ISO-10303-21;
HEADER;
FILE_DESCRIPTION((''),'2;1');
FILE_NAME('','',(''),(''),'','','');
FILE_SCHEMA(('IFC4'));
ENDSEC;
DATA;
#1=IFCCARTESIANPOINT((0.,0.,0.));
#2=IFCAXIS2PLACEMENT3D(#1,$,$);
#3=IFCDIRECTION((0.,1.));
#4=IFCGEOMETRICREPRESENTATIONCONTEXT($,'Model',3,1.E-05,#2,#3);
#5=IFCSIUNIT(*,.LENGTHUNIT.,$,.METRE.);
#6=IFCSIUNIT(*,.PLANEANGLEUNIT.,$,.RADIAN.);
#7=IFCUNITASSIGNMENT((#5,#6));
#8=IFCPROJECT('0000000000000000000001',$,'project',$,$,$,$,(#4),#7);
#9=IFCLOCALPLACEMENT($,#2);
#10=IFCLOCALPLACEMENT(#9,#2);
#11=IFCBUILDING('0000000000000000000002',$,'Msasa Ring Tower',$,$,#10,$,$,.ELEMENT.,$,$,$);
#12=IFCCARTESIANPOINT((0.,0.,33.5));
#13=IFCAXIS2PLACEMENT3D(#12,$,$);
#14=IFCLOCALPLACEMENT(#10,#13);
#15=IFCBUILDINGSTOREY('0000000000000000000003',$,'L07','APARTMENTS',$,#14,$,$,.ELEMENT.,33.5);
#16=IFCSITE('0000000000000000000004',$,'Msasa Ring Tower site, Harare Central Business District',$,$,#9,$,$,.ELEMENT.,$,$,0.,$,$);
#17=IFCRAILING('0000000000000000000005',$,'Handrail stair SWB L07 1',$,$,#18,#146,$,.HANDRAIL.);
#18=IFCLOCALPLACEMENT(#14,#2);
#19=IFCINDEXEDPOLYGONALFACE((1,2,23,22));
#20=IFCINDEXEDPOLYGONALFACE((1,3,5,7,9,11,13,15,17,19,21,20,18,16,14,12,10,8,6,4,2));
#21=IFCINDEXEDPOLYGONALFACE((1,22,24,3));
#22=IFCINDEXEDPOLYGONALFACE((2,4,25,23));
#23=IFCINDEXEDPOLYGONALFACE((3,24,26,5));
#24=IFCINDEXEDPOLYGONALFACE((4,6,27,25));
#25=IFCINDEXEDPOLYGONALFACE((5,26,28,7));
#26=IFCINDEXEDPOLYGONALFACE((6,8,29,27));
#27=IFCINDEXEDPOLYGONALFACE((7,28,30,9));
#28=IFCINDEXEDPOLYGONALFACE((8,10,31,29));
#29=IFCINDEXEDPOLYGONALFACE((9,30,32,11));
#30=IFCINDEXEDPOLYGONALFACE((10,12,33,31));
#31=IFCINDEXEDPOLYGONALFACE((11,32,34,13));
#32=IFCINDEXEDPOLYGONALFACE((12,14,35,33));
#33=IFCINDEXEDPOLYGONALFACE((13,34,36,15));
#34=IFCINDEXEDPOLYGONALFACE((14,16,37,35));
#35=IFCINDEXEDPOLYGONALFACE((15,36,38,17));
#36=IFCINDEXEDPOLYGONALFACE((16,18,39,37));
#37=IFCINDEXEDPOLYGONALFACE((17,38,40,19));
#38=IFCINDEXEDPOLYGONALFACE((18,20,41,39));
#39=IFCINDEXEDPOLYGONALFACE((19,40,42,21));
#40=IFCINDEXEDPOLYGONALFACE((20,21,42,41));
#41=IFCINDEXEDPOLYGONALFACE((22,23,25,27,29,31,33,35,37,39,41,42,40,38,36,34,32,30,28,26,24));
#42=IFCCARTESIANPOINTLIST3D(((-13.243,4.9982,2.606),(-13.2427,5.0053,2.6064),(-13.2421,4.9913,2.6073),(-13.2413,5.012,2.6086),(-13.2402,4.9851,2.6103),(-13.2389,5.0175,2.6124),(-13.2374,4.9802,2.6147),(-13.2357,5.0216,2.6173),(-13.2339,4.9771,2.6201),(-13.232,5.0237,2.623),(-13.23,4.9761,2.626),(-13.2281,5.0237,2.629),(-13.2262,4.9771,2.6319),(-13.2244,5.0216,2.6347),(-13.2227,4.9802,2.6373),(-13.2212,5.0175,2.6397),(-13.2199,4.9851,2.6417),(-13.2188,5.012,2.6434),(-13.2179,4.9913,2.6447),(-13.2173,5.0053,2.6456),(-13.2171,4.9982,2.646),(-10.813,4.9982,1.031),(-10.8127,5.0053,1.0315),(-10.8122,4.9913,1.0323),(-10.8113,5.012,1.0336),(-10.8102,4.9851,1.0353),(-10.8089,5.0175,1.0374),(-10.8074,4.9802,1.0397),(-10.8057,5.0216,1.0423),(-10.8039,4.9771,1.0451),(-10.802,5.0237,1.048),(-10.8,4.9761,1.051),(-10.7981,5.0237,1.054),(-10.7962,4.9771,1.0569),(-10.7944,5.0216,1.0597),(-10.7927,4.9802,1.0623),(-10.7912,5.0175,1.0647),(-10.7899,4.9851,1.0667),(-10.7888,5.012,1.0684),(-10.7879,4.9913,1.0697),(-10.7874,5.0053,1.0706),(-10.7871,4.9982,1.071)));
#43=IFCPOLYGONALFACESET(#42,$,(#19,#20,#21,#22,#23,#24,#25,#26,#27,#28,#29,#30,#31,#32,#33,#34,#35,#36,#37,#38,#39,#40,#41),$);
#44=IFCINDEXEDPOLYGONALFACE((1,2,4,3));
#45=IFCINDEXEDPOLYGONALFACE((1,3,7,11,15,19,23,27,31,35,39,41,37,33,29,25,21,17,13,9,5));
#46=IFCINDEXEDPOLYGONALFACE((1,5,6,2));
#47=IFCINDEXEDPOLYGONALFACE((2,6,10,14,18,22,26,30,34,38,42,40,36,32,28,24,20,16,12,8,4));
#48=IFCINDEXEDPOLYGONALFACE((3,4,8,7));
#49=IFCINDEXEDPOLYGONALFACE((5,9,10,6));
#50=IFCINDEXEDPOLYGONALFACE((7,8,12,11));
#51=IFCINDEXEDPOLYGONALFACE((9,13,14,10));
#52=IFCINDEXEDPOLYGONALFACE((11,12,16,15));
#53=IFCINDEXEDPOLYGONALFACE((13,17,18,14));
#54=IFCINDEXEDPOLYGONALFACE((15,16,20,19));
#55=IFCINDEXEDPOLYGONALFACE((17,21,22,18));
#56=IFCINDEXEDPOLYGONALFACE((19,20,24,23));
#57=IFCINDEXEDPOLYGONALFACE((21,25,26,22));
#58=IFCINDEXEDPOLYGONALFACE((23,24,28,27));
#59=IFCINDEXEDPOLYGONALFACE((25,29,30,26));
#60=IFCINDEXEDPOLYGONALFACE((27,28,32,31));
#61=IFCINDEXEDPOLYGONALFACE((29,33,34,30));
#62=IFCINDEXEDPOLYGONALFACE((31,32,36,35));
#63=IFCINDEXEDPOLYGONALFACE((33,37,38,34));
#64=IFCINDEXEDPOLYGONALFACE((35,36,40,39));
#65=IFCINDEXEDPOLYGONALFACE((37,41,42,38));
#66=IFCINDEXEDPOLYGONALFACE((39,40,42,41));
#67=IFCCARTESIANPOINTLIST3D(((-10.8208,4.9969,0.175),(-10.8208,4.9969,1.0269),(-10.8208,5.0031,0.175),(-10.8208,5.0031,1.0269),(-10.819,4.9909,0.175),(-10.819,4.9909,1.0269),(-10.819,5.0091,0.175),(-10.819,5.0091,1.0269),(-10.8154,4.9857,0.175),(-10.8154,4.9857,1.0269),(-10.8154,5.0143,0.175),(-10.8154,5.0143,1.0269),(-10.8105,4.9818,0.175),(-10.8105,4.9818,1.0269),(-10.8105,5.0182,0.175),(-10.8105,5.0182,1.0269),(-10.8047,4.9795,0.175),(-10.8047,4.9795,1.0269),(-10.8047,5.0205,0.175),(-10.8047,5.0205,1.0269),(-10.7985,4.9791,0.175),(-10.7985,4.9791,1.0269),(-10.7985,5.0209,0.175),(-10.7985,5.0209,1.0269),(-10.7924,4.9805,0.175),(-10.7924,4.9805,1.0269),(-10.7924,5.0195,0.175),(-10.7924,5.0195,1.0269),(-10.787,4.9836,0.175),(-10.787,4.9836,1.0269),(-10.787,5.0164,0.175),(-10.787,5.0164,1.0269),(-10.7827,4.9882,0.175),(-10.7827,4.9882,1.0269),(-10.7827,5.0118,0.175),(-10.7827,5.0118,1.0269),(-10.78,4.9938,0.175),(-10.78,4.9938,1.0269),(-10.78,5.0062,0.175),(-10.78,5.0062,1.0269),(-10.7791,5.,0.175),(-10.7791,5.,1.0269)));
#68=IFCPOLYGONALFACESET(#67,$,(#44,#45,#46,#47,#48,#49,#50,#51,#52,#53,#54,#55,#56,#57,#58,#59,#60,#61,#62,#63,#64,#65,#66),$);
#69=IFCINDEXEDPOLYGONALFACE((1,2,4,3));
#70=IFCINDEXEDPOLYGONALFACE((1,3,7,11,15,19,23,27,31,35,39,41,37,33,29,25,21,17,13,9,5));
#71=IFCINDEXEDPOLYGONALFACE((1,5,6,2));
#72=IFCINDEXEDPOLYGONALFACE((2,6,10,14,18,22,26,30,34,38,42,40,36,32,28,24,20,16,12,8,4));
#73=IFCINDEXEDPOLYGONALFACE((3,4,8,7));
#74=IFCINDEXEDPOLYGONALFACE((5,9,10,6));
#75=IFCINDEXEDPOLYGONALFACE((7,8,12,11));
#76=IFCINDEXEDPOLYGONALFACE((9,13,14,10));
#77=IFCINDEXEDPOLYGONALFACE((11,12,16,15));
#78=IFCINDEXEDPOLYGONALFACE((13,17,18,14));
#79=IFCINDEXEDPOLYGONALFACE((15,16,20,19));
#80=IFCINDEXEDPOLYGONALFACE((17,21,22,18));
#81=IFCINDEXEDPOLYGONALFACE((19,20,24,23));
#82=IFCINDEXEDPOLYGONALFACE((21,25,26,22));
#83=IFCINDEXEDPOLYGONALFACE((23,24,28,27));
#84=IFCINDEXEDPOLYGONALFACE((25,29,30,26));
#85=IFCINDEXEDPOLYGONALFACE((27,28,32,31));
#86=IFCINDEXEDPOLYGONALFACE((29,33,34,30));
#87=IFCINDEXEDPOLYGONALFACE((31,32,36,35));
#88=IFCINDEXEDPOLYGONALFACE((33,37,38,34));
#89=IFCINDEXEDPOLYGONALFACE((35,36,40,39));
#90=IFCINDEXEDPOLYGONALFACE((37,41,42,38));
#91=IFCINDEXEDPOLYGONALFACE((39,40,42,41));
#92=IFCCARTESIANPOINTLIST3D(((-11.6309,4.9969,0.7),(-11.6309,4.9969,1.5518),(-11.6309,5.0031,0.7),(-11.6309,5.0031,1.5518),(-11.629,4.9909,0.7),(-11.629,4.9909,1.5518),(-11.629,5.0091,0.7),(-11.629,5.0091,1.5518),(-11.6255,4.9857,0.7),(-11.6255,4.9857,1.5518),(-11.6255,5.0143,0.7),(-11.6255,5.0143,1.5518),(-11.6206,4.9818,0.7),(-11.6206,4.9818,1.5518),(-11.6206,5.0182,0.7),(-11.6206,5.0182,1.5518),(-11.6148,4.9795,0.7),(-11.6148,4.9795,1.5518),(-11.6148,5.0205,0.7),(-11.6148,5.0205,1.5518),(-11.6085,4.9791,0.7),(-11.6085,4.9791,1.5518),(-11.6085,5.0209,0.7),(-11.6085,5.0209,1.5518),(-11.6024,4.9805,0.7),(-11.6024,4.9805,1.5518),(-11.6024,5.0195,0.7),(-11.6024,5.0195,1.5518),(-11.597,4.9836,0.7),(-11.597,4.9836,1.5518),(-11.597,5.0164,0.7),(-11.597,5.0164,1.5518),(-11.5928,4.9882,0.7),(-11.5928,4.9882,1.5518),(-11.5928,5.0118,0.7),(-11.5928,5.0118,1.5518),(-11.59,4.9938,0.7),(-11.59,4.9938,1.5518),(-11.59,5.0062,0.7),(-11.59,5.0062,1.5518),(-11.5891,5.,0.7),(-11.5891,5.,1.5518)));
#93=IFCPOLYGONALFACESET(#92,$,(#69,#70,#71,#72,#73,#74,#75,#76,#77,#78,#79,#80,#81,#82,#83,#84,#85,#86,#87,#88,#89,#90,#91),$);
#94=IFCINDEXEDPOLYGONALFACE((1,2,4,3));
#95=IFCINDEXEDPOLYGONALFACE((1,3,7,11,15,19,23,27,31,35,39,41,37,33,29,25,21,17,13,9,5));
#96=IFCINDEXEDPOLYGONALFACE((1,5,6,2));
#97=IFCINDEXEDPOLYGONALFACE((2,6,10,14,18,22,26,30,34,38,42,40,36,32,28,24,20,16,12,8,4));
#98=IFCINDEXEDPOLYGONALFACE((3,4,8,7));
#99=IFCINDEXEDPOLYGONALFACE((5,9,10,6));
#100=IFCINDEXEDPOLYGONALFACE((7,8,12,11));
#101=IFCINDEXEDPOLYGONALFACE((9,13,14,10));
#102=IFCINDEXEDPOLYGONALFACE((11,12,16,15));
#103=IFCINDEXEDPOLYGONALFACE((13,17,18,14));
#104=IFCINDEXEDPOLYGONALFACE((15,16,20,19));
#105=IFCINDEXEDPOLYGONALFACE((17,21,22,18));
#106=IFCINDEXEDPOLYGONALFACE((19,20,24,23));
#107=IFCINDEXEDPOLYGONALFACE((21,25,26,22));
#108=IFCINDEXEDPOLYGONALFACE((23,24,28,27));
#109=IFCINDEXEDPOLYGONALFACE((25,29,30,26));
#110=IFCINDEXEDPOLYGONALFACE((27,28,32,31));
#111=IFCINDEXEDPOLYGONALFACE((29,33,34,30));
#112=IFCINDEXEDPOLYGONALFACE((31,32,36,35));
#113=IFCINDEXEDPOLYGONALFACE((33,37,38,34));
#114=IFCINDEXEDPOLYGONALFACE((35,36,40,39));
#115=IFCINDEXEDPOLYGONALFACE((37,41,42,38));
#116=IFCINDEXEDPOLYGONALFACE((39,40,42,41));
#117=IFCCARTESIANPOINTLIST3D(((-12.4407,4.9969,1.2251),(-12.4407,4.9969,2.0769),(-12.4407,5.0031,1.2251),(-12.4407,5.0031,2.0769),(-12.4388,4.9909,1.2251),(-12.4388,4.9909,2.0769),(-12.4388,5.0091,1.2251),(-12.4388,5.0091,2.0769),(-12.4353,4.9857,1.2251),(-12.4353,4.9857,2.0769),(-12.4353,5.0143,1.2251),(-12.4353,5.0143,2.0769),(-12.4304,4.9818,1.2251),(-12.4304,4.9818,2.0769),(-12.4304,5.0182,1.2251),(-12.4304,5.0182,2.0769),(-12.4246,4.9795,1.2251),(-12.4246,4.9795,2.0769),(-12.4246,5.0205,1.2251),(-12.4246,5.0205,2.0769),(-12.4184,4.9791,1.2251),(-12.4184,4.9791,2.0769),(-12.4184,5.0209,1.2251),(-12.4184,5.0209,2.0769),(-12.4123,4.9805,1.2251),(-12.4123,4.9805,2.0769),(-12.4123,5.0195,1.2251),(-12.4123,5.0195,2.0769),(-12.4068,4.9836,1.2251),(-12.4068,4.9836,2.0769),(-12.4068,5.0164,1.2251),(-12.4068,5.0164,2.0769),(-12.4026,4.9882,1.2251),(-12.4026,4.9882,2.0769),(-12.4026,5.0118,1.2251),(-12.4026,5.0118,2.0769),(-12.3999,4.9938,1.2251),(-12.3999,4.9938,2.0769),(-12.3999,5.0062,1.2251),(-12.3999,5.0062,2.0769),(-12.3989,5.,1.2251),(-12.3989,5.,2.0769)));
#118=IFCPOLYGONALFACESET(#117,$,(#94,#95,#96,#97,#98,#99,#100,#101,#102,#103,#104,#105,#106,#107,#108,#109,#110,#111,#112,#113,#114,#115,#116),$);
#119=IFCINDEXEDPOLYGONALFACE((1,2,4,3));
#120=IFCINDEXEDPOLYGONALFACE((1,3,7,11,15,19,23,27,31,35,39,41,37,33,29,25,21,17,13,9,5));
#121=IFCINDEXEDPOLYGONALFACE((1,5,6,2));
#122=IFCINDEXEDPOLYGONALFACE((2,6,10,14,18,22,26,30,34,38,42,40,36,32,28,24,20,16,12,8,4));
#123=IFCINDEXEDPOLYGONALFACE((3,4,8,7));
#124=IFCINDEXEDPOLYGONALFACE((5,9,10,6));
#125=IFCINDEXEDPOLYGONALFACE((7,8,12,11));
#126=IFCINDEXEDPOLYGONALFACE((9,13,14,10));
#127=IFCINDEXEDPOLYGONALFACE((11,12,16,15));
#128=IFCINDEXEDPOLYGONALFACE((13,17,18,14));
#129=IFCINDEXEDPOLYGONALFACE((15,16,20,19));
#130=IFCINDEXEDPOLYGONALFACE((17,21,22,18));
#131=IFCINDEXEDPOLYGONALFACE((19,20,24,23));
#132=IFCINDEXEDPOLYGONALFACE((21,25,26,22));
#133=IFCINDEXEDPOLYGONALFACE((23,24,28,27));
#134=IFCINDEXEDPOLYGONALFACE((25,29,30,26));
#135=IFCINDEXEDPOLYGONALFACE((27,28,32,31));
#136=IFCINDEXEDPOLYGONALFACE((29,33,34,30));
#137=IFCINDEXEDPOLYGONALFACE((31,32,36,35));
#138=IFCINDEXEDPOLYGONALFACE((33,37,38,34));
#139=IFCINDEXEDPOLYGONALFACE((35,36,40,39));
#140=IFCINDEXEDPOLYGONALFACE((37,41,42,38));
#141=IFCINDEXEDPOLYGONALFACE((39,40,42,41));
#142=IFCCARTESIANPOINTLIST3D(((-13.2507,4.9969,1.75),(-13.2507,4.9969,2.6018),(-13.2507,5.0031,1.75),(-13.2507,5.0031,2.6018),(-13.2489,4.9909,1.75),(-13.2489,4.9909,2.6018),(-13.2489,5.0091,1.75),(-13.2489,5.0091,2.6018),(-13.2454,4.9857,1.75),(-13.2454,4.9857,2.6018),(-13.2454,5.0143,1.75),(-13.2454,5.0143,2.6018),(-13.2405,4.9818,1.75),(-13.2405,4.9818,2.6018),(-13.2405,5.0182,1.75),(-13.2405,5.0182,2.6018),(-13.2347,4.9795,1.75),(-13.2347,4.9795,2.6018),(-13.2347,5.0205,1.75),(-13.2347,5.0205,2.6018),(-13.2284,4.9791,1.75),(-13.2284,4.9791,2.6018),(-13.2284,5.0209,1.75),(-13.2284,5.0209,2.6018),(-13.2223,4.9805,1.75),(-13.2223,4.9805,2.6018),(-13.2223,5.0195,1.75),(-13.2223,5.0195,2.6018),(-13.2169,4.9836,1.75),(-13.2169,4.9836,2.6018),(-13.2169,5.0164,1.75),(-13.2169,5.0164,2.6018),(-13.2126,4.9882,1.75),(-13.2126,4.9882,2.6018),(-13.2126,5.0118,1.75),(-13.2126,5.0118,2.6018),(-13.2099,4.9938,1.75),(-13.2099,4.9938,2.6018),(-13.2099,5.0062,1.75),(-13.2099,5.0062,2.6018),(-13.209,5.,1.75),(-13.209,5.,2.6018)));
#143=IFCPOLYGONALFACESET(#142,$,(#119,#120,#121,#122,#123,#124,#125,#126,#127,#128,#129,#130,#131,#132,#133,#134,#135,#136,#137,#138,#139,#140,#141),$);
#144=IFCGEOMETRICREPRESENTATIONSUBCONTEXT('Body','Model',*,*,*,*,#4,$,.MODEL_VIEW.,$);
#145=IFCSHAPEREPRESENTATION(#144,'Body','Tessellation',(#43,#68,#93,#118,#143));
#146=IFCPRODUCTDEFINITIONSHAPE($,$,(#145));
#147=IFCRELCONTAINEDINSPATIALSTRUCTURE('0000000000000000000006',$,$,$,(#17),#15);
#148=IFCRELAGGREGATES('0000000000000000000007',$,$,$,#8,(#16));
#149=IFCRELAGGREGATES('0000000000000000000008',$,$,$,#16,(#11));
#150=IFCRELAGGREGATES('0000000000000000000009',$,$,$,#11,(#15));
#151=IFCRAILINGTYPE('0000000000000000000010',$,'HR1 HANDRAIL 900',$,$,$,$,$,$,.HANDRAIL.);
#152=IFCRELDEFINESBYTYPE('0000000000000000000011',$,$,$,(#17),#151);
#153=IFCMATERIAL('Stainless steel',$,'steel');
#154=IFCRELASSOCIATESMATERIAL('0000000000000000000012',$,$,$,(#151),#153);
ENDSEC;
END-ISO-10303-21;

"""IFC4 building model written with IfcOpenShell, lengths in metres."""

from ifc_helpers import new_model, si_unit, direction, frame, origin, origin_2d, place, context, subcontext, project, spatial, circle, extrude, material, type_object, element, save


model = new_model("IFC4")

# Units and contexts
model_context = context("Model", 3, precision=1e-05, world=origin(), true_north=direction((0.0, 1.0)))
body_context = subcontext(model_context, "Body", "Model", "MODEL_VIEW")
ifc_project = project(units=[si_unit("LENGTHUNIT", "METRE"), si_unit("PLANEANGLEUNIT", "RADIAN")], contexts=[model_context])

# Site, building, storey
site_placement = place(None, origin())
site = spatial("IfcSite", under=ifc_project, at=site_placement, Name="Msasa Ring Tower site, Harare Central Business District", CompositionType="ELEMENT", RefElevation=0.0)
building_placement = place(site_placement, origin())
building = spatial("IfcBuilding", under=site, at=building_placement, Name="Msasa Ring Tower", CompositionType="ELEMENT")
storey_placement = place(building_placement, frame((0.0, 0.0, 33.5)))
storey = spatial("IfcBuildingStorey", under=building, at=storey_placement, Name="L07", Description="APARTMENTS", CompositionType="ELEMENT", Elevation=33.5)

# Railing
ifc_material_1 = material(Name="Stainless steel", Category="steel")
railing_type = type_object("IfcRailingType", Name="HR1 HANDRAIL 900", PredefinedType="HANDRAIL", material=ifc_material_1)
for number, where, name in (
    (1, (-10.8, 5.0, 0.175), "Handrail stair SWB L07 1"),
):
    element("IfcRailing", number, at=place(storey_placement, frame(where)), inside=storey, type_object=railing_type, Name=name, PredefinedType="HANDRAIL", context=body_context, shape_type="SweptSolid", body=[
        extrude(circle(Radius=0.0239, at=origin_2d()), frame((0.0, 0.0, 0.876), z_axis=(-0.839154, 0.0, 0.543894), x_axis=(0.0, -1.0, 0.0)), (0.0, 0.0, 1.0), 2.8958),
        extrude(circle(Radius=0.021, at=origin_2d()), origin(), (0.0, 0.0, 1.0), 0.8518),
        extrude(circle(Radius=0.021, at=origin_2d()), frame((-0.8101, 0.0, 0.5249)), (0.0, 0.0, 1.0), 0.8518),
        extrude(circle(Radius=0.021, at=origin_2d()), frame((-1.6199, 0.0, 1.05)), (0.0, 0.0, 1.0), 0.8518),
        extrude(circle(Radius=0.021, at=origin_2d()), frame((-2.4299, 0.0, 1.575)), (0.0, 0.0, 1.0), 0.8518),
    ])

save(model, "model.ifc")
